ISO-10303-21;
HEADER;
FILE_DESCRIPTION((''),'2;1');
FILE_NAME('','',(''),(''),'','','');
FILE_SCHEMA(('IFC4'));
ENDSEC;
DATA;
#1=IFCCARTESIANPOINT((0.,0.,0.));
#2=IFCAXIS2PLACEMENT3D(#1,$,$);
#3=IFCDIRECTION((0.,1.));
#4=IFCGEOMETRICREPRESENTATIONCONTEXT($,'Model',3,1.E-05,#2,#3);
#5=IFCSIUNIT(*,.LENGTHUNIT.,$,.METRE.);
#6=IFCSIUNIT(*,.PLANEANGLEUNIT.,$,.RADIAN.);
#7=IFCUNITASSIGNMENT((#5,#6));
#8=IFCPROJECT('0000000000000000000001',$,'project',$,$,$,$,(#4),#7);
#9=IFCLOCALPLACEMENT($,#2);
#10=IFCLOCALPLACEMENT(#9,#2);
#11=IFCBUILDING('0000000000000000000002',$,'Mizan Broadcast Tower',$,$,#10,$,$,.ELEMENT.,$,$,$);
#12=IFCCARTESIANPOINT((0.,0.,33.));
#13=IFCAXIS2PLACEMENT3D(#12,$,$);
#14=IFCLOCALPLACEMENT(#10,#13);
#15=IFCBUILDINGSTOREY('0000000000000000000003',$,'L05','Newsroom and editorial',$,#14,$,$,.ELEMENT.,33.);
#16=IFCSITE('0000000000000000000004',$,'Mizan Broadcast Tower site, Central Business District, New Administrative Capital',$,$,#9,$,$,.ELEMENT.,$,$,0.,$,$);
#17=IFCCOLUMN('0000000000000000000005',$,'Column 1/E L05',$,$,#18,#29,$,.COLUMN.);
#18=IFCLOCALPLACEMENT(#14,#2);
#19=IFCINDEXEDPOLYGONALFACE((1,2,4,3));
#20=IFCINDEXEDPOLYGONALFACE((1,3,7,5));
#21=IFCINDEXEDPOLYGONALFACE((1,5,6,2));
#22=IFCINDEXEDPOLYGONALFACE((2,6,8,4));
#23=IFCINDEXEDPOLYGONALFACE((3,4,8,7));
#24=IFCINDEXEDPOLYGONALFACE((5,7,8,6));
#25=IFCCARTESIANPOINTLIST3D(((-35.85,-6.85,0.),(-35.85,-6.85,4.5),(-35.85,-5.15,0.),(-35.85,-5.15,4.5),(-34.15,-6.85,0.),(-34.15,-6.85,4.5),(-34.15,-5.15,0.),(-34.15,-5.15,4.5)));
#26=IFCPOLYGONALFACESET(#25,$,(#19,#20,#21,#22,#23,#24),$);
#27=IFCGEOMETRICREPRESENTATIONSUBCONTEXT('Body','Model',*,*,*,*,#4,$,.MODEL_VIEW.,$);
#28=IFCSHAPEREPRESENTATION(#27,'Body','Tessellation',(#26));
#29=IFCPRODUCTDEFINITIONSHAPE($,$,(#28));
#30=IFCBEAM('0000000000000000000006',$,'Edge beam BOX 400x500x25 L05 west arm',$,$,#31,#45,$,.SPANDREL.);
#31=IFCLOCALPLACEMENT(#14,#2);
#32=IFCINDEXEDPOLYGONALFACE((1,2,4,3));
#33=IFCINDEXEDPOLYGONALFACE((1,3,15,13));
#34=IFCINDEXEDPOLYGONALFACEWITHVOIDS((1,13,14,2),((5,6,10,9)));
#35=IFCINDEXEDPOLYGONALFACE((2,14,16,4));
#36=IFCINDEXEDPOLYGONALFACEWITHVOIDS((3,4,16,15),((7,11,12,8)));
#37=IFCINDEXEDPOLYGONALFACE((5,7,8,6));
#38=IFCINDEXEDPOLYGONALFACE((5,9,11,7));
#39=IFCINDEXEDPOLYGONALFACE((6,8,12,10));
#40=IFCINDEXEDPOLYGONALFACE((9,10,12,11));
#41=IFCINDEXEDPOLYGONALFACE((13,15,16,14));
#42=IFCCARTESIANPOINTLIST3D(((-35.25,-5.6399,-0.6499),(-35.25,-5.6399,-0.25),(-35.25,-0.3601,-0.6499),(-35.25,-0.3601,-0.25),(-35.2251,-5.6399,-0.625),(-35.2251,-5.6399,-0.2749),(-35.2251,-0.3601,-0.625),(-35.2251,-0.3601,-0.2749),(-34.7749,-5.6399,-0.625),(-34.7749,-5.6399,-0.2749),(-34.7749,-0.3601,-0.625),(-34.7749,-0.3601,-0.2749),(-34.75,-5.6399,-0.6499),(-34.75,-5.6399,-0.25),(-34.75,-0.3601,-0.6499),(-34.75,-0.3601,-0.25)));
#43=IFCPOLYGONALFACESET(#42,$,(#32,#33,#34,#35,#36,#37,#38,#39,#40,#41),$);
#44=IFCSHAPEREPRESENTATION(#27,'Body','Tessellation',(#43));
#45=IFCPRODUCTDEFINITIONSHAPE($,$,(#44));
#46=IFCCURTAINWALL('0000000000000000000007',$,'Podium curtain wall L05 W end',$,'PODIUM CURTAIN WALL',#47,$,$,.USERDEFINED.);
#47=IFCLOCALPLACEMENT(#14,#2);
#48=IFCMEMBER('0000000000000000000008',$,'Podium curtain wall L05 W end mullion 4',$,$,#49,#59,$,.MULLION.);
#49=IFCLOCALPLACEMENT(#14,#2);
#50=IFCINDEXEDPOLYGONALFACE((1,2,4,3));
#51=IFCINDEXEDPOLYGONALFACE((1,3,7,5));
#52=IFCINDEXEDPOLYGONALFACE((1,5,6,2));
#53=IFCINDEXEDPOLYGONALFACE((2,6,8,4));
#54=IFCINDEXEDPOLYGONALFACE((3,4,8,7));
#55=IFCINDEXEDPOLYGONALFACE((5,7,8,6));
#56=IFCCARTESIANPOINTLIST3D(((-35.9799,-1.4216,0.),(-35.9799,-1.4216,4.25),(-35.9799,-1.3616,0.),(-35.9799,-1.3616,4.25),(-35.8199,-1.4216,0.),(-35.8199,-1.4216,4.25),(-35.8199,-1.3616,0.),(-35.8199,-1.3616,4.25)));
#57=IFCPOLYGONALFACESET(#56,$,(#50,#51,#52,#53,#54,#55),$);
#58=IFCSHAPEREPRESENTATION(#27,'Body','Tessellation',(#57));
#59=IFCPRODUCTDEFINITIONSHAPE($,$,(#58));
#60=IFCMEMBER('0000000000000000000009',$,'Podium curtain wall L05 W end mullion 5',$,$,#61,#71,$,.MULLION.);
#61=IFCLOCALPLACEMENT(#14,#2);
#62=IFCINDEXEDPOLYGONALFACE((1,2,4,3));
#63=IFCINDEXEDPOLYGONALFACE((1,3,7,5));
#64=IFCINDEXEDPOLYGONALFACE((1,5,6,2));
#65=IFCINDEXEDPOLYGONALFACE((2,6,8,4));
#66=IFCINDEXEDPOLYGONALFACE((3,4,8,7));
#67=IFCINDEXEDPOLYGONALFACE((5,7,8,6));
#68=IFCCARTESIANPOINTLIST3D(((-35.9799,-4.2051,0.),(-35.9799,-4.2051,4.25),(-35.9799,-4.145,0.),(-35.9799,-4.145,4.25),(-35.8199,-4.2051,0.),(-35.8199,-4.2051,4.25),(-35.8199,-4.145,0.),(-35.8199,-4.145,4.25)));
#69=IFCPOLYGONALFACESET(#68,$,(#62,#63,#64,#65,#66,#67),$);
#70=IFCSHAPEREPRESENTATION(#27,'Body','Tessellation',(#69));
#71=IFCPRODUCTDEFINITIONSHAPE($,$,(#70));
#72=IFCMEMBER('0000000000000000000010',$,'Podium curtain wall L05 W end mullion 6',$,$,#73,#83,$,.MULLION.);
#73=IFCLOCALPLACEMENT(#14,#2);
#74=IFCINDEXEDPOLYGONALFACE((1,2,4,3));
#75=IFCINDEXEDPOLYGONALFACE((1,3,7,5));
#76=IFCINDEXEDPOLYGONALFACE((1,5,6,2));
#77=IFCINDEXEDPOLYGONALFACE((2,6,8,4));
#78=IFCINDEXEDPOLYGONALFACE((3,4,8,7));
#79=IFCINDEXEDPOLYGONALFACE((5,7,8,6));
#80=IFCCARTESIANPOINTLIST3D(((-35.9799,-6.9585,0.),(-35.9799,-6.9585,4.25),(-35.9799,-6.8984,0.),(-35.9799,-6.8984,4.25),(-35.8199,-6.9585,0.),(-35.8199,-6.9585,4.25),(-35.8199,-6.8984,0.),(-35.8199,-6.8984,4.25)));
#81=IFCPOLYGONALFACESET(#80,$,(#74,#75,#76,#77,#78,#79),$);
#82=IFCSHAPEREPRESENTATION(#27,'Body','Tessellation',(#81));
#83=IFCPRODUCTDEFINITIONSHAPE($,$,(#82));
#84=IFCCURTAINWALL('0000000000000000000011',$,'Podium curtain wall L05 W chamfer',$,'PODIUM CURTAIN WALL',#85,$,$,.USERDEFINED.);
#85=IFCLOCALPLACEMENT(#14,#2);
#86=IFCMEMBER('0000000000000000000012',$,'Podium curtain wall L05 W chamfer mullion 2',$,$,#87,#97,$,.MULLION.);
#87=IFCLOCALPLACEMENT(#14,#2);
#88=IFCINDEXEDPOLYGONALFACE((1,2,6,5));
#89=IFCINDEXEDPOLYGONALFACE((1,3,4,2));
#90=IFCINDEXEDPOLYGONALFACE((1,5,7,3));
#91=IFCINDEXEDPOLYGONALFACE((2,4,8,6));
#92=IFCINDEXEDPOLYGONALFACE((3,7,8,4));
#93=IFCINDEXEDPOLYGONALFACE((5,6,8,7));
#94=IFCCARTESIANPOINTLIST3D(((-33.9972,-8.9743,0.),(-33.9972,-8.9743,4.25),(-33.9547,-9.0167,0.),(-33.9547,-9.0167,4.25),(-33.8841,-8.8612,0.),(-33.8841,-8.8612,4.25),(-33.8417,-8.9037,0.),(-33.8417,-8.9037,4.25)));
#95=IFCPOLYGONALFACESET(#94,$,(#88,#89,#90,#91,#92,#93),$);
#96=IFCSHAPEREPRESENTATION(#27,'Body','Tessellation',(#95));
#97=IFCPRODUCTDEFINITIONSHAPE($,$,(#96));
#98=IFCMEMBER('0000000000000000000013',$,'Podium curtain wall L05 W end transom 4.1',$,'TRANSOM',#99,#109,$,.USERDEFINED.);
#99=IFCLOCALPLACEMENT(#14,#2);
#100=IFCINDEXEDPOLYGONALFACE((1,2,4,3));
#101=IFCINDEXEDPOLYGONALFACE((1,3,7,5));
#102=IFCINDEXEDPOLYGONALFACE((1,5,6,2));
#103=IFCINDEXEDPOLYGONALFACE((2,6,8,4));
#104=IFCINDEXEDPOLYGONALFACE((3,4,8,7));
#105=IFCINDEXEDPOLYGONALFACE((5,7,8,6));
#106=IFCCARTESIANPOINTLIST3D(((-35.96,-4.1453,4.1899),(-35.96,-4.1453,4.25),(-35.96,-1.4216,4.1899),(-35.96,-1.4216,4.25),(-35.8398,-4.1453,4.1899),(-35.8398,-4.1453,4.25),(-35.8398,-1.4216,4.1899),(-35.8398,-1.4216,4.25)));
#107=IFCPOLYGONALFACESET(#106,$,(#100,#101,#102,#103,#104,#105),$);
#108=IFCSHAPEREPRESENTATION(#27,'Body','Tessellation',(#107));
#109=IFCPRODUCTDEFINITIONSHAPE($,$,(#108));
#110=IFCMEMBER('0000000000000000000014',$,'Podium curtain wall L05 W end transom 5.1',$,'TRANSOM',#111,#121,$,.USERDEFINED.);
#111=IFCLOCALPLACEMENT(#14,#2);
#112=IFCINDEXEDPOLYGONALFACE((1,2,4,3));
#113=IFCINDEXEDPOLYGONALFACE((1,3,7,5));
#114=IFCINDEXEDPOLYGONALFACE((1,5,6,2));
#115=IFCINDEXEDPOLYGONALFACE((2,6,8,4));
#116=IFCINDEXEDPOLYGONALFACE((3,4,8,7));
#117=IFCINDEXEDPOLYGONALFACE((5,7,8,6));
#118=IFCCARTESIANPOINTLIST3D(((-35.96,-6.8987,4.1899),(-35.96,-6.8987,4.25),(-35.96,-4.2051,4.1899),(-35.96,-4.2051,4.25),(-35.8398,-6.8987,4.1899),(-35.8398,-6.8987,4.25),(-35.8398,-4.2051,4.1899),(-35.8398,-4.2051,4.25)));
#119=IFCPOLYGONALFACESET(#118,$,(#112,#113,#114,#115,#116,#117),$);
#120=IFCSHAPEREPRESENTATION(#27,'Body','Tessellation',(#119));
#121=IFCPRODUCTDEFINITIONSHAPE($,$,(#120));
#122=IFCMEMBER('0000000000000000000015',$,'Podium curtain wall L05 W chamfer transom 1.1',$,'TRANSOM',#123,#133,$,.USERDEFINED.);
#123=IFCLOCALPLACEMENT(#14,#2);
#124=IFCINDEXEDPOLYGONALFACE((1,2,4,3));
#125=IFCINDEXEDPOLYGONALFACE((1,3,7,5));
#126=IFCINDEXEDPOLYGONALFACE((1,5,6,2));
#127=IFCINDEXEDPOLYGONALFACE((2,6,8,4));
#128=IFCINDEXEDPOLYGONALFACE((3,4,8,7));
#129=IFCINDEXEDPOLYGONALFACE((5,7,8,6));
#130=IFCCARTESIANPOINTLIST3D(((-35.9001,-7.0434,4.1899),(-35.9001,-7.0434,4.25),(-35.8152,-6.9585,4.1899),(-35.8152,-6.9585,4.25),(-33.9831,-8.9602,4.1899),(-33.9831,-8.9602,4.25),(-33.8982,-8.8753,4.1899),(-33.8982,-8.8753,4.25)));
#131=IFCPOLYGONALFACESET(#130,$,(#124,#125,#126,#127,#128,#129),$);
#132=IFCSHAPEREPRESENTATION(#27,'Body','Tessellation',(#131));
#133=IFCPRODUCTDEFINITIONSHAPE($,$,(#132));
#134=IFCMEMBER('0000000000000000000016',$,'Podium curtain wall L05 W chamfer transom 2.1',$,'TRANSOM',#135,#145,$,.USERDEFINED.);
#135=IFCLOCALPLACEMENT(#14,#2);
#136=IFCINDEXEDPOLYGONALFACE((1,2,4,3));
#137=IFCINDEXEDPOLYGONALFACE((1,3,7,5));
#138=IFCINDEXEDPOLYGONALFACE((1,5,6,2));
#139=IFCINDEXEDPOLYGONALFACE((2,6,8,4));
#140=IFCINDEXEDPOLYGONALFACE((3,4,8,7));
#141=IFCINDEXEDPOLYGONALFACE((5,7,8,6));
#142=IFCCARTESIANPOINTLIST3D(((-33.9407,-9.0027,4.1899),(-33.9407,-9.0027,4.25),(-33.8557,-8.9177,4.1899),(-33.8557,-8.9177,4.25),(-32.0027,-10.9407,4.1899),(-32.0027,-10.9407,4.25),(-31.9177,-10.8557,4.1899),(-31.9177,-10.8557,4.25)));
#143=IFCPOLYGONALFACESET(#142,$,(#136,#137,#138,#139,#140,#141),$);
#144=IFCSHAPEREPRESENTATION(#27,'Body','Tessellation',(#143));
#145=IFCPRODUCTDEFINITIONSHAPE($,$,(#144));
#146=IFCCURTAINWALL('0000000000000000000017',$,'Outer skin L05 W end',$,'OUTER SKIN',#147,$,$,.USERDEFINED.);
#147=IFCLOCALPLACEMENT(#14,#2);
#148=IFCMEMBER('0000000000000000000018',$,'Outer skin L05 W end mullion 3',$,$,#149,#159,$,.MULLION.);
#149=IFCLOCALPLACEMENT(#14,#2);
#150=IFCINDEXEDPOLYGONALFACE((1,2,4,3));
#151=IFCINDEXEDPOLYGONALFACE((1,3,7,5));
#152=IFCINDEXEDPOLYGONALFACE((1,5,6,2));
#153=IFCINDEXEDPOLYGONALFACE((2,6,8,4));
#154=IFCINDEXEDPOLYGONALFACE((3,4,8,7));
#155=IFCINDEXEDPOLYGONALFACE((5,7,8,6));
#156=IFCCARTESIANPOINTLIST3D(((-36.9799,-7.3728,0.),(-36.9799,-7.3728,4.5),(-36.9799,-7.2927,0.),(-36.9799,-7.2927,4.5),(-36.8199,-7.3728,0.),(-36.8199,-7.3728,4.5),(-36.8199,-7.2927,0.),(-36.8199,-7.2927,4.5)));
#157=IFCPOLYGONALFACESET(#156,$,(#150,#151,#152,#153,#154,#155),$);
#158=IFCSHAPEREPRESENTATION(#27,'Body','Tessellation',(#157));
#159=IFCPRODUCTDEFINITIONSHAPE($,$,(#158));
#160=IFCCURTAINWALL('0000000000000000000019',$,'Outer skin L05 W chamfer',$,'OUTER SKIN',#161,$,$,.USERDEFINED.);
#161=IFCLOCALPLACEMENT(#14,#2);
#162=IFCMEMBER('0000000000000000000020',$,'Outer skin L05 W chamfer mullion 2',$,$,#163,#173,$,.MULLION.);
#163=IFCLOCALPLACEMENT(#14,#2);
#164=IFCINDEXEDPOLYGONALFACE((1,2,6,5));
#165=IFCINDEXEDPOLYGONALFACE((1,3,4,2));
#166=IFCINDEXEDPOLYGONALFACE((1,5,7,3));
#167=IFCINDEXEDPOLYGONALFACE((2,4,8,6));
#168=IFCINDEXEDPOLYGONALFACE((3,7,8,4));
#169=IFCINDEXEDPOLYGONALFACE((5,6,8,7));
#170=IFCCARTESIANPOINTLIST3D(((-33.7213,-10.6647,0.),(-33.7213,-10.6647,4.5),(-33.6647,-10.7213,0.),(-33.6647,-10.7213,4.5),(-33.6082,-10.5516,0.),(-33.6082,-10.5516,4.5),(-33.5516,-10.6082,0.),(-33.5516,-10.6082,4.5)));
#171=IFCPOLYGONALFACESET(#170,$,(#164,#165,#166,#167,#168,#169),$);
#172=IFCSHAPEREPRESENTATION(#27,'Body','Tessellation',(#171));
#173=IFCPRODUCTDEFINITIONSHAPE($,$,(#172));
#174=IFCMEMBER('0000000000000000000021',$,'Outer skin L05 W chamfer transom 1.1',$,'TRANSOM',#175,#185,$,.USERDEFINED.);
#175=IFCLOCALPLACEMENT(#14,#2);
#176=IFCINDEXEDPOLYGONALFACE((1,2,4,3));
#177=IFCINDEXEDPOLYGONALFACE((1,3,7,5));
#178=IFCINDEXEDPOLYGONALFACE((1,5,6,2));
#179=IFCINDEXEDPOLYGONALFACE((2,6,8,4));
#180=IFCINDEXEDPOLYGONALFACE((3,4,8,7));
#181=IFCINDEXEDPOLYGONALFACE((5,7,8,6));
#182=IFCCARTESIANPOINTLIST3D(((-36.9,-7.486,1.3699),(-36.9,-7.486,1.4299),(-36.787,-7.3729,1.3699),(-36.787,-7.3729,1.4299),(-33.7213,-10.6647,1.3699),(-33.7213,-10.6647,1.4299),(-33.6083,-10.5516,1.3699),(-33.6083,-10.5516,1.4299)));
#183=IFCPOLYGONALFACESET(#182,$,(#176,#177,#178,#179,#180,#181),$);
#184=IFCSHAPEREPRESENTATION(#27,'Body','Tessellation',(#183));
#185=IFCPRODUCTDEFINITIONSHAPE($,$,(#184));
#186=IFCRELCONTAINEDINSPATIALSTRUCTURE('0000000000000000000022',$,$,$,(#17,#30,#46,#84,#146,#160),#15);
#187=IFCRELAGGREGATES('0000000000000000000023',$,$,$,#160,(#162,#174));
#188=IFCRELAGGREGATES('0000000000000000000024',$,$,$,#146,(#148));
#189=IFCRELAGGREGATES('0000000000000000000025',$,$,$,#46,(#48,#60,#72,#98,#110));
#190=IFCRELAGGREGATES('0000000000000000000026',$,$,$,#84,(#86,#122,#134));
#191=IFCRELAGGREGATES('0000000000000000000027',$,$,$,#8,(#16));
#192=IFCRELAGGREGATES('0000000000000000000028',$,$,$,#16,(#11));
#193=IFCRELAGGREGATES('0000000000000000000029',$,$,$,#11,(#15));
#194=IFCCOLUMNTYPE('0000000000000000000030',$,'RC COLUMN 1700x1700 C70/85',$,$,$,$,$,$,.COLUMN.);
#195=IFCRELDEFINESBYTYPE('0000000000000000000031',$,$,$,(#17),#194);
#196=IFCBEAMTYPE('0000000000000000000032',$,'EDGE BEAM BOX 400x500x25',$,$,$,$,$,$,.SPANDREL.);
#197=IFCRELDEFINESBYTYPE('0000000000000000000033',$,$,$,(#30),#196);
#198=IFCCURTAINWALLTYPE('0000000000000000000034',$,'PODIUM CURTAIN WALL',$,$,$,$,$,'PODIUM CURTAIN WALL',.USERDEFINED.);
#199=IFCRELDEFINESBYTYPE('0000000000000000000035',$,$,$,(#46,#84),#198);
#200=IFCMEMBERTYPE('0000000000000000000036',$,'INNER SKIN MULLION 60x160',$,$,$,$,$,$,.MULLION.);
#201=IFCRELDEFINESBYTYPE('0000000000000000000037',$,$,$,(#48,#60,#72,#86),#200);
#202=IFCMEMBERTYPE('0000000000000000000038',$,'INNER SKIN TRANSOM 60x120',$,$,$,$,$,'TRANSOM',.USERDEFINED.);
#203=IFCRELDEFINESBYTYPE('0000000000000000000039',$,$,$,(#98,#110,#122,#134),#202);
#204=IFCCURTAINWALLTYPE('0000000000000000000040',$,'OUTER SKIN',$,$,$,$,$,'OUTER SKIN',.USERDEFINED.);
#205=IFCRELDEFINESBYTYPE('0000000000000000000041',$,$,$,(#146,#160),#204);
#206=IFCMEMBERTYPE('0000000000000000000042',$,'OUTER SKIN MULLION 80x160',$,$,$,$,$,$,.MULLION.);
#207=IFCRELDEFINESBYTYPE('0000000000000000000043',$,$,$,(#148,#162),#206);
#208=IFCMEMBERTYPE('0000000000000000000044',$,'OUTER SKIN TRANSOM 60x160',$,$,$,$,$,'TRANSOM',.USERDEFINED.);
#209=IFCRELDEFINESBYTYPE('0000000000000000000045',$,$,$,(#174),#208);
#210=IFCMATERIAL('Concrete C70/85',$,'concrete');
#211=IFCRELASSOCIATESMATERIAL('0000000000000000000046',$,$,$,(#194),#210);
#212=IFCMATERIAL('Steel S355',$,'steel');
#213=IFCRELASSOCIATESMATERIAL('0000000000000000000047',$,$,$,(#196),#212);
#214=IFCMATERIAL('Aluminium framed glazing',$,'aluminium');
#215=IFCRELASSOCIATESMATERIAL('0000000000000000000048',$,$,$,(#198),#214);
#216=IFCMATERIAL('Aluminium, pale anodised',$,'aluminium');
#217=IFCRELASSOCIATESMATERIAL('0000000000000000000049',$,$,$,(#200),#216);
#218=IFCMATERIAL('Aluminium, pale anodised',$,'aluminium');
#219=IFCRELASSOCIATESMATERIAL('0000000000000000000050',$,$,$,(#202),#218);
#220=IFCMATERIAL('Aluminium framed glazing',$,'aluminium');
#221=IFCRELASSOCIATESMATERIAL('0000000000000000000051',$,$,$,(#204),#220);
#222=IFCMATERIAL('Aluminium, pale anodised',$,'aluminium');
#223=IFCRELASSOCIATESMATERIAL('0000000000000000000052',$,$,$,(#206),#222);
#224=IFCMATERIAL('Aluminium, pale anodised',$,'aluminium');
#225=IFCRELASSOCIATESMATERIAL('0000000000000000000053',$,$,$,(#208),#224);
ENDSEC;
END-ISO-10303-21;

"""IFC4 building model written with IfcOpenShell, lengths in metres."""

from ifc_helpers import new_model, si_unit, direction, frame, origin, origin_2d, place, context, subcontext, project, spatial, rectangle, hollow_rectangle, extrude, material, material_profile, profile_set, type_object, element, aggregate, save


model = new_model("IFC4")

# Units and contexts
model_context = context("Model", 3, precision=1e-05, world=origin(), true_north=direction((0.0, 1.0)))
body_context = subcontext(model_context, "Body", "Model", "MODEL_VIEW")
ifc_project = project(units=[si_unit("LENGTHUNIT", "METRE"), si_unit("PLANEANGLEUNIT", "RADIAN")], contexts=[model_context])

# Site, building, storey
site_placement = place(None, origin())
site = spatial("IfcSite", under=ifc_project, at=site_placement, Name="Mizan Broadcast Tower site, Central Business District, New Administrative Capital", CompositionType="ELEMENT", RefElevation=0.0)
building_placement = place(site_placement, origin())
building = spatial("IfcBuilding", under=site, at=building_placement, Name="Mizan Broadcast Tower", CompositionType="ELEMENT")
storey_placement = place(building_placement, frame((0.0, 0.0, 33.0)))
storey = spatial("IfcBuildingStorey", under=building, at=storey_placement, Name="L05", Description="Newsroom and editorial", CompositionType="ELEMENT", Elevation=33.0)

# Column
ifc_material_1 = material(Name="Concrete C70/85", Category="concrete")
ifc_material_profile_1 = material_profile(ifc_material_1, rectangle(XDim=1.7, YDim=1.7, at=origin_2d()), Name="RC 1700x1700")
ifc_profile_set_1 = profile_set([ifc_material_profile_1], Name="Concrete C70/85")
column_type = type_object("IfcColumnType", Name="RC COLUMN 1700x1700 C70/85", PredefinedType="COLUMN", material=ifc_profile_set_1)
column_placement = place(storey_placement, frame((-35.0, -6.0, 0.0), z_axis=(0.0, 0.0, 1.0), x_axis=(1.0, 0.0, 0.0)))
element("IfcColumn", 1, at=column_placement, inside=storey, type_object=column_type, Name="Column 1/E L05", PredefinedType="COLUMN", context=body_context, shape_type="SweptSolid", body=[
    extrude(rectangle(XDim=1.7, YDim=1.7, at=origin_2d()), origin(), (0.0, 0.0, 1.0), 4.5),
])

# Beam
ifc_material_2 = material(Name="Steel S355", Category="steel")
ifc_material_profile_2 = material_profile(ifc_material_2, hollow_rectangle(XDim=0.5, YDim=0.3999, WallThickness=0.0249, at=origin_2d()), Name="BOX 400x500x25")
ifc_profile_set_2 = profile_set([ifc_material_profile_2], Name="Steel S355")
beam_type = type_object("IfcBeamType", Name="EDGE BEAM BOX 400x500x25", PredefinedType="SPANDREL", material=ifc_profile_set_2)
beam_placement = place(storey_placement, frame((-35.0, -5.6399, -0.45), z_axis=(0.0, 1.0, 0.0), x_axis=(-1.0, 0.0, 0.0)))
element("IfcBeam", 2, at=beam_placement, inside=storey, type_object=beam_type, Name="Edge beam BOX 400x500x25 L05 west arm", PredefinedType="SPANDREL", context=body_context, shape_type="SweptSolid", body=[
    extrude(hollow_rectangle(XDim=0.5, YDim=0.3999, WallThickness=0.0249, at=origin_2d()), origin(), (0.0, 0.0, 1.0), 5.2798),
])

# Curtain wall, members
ifc_material_3 = material(Name="Aluminium framed glazing", Category="aluminium")
curtain_wall_type_1 = type_object("IfcCurtainWallType", Name="PODIUM CURTAIN WALL", ElementType="PODIUM CURTAIN WALL", PredefinedType="USERDEFINED", material=ifc_material_3)
curtain_wall_1_placement = place(storey_placement, origin())
curtain_wall_1 = element("IfcCurtainWall", 3, at=curtain_wall_1_placement, inside=storey, type_object=curtain_wall_type_1, Name="Podium curtain wall L05 W end", ObjectType="PODIUM CURTAIN WALL", PredefinedType="USERDEFINED")
ifc_material_4 = material(Name="Aluminium, pale anodised", Category="aluminium")
ifc_material_profile_3 = material_profile(ifc_material_4, rectangle(XDim=0.1599, YDim=0.0601, at=origin_2d()), Name="MULLION 160x60")
ifc_profile_set_3 = profile_set([ifc_material_profile_3], Name="Aluminium, pale anodised")
member_type_1 = type_object("IfcMemberType", Name="INNER SKIN MULLION 60x160", PredefinedType="MULLION", material=ifc_profile_set_3)
member_1_placement = place(storey_placement, frame((-35.8999, -1.3916, 0.0), z_axis=(0.0, 0.0, 1.0), x_axis=(1.0, 0.0, 0.0)))
member_1 = element("IfcMember", 4, at=member_1_placement, type_object=member_type_1, Name="Podium curtain wall L05 W end mullion 4", PredefinedType="MULLION", context=body_context, shape_type="SweptSolid", body=[
    extrude(rectangle(XDim=0.1599, YDim=0.0601, at=origin_2d()), origin(), (0.0, 0.0, 1.0), 4.25),
])
member_2_placement = place(storey_placement, frame((-35.8999, -4.175, 0.0), z_axis=(0.0, 0.0, 1.0), x_axis=(1.0, 0.0, 0.0)))
member_2 = element("IfcMember", 5, at=member_2_placement, type_object=member_type_1, Name="Podium curtain wall L05 W end mullion 5", PredefinedType="MULLION", context=body_context, shape_type="SweptSolid", body=[
    extrude(rectangle(XDim=0.1599, YDim=0.0601, at=origin_2d()), origin(), (0.0, 0.0, 1.0), 4.25),
])
member_3_placement = place(storey_placement, frame((-35.8999, -6.9285, 0.0), z_axis=(0.0, 0.0, 1.0), x_axis=(1.0, 0.0, 0.0)))
member_3 = element("IfcMember", 6, at=member_3_placement, type_object=member_type_1, Name="Podium curtain wall L05 W end mullion 6", PredefinedType="MULLION", context=body_context, shape_type="SweptSolid", body=[
    extrude(rectangle(XDim=0.1599, YDim=0.0601, at=origin_2d()), origin(), (0.0, 0.0, 1.0), 4.25),
])

# Curtain wall, member
curtain_wall_2_placement = place(storey_placement, origin())
curtain_wall_2 = element("IfcCurtainWall", 7, at=curtain_wall_2_placement, inside=storey, type_object=curtain_wall_type_1, Name="Podium curtain wall L05 W chamfer", ObjectType="PODIUM CURTAIN WALL", PredefinedType="USERDEFINED")
member_4_placement = place(storey_placement, frame((-33.9194, -8.939, 0.0), z_axis=(0.0, 0.0, 1.0), x_axis=(0.707107, 0.707107, 0.0)))
member_4 = element("IfcMember", 8, at=member_4_placement, type_object=member_type_1, Name="Podium curtain wall L05 W chamfer mullion 2", PredefinedType="MULLION", context=body_context, shape_type="SweptSolid", body=[
    extrude(rectangle(XDim=0.1599, YDim=0.0601, at=origin_2d()), origin(), (0.0, 0.0, 1.0), 4.25),
])

# Members
ifc_material_5 = material(Name="Aluminium, pale anodised", Category="aluminium")
ifc_material_profile_4 = material_profile(ifc_material_5, rectangle(XDim=0.1201, YDim=0.0601, at=origin_2d()), Name="TRANSOM 120x60")
ifc_profile_set_4 = profile_set([ifc_material_profile_4], Name="Aluminium, pale anodised")
member_type_2 = type_object("IfcMemberType", Name="INNER SKIN TRANSOM 60x120", ElementType="TRANSOM", PredefinedType="USERDEFINED", material=ifc_profile_set_4)
member_5_placement = place(storey_placement, frame((-35.8999, -1.4216, 4.22), z_axis=(0.0, -1.0, 0.0), x_axis=(1.0, 0.0, 0.0)))
member_5 = element("IfcMember", 9, at=member_5_placement, type_object=member_type_2, Name="Podium curtain wall L05 W end transom 4.1", ObjectType="TRANSOM", PredefinedType="USERDEFINED", context=body_context, shape_type="SweptSolid", body=[
    extrude(rectangle(XDim=0.1201, YDim=0.0601, at=origin_2d()), origin(), (0.0, 0.0, 1.0), 2.7236),
])
member_6_placement = place(storey_placement, frame((-35.8999, -4.2051, 4.22), z_axis=(0.0, -1.0, 0.0), x_axis=(1.0, 0.0, 0.0)))
member_6 = element("IfcMember", 10, at=member_6_placement, type_object=member_type_2, Name="Podium curtain wall L05 W end transom 5.1", ObjectType="TRANSOM", PredefinedType="USERDEFINED", context=body_context, shape_type="SweptSolid", body=[
    extrude(rectangle(XDim=0.1201, YDim=0.0601, at=origin_2d()), origin(), (0.0, 0.0, 1.0), 2.6936),
])
member_7_placement = place(storey_placement, frame((-35.8577, -7.001, 4.22), z_axis=(0.707152, -0.707062, 0.0), x_axis=(0.707062, 0.707152, 0.0)))
member_7 = element("IfcMember", 11, at=member_7_placement, type_object=member_type_2, Name="Podium curtain wall L05 W chamfer transom 1.1", ObjectType="TRANSOM", PredefinedType="USERDEFINED", context=body_context, shape_type="SweptSolid", body=[
    extrude(rectangle(XDim=0.1201, YDim=0.0601, at=origin_2d()), origin(), (0.0, 0.0, 1.0), 2.7109),
])
member_8_placement = place(storey_placement, frame((-33.8982, -8.9602, 4.22), z_axis=(0.707107, -0.707107, 0.0), x_axis=(0.707107, 0.707107, 0.0)))
member_8 = element("IfcMember", 12, at=member_8_placement, type_object=member_type_2, Name="Podium curtain wall L05 W chamfer transom 2.1", ObjectType="TRANSOM", PredefinedType="USERDEFINED", context=body_context, shape_type="SweptSolid", body=[
    extrude(rectangle(XDim=0.1201, YDim=0.0601, at=origin_2d()), origin(), (0.0, 0.0, 1.0), 2.7407),
])

# Curtain wall, member
ifc_material_6 = material(Name="Aluminium framed glazing", Category="aluminium")
curtain_wall_type_2 = type_object("IfcCurtainWallType", Name="OUTER SKIN", ElementType="OUTER SKIN", PredefinedType="USERDEFINED", material=ifc_material_6)
curtain_wall_3_placement = place(storey_placement, origin())
curtain_wall_3 = element("IfcCurtainWall", 13, at=curtain_wall_3_placement, inside=storey, type_object=curtain_wall_type_2, Name="Outer skin L05 W end", ObjectType="OUTER SKIN", PredefinedType="USERDEFINED")
ifc_material_7 = material(Name="Aluminium, pale anodised", Category="aluminium")
ifc_material_profile_5 = material_profile(ifc_material_7, rectangle(XDim=0.1599, YDim=0.0801, at=origin_2d()), Name="MULLION 160x80")
ifc_profile_set_5 = profile_set([ifc_material_profile_5], Name="Aluminium, pale anodised")
member_type_3 = type_object("IfcMemberType", Name="OUTER SKIN MULLION 80x160", PredefinedType="MULLION", material=ifc_profile_set_5)
member_9_placement = place(storey_placement, frame((-36.8999, -7.3328, 0.0), z_axis=(0.0, 0.0, 1.0), x_axis=(1.0, 0.0, 0.0)))
member_9 = element("IfcMember", 14, at=member_9_placement, type_object=member_type_3, Name="Outer skin L05 W end mullion 3", PredefinedType="MULLION", context=body_context, shape_type="SweptSolid", body=[
    extrude(rectangle(XDim=0.1599, YDim=0.0801, at=origin_2d()), origin(), (0.0, 0.0, 1.0), 4.5),
])

# Curtain wall, members
curtain_wall_4_placement = place(storey_placement, origin())
curtain_wall_4 = element("IfcCurtainWall", 15, at=curtain_wall_4_placement, inside=storey, type_object=curtain_wall_type_2, Name="Outer skin L05 W chamfer", ObjectType="OUTER SKIN", PredefinedType="USERDEFINED")
member_10_placement = place(storey_placement, frame((-33.6365, -10.6365, 0.0), z_axis=(0.0, 0.0, 1.0), x_axis=(0.707107, 0.707107, 0.0)))
member_10 = element("IfcMember", 16, at=member_10_placement, type_object=member_type_3, Name="Outer skin L05 W chamfer mullion 2", PredefinedType="MULLION", context=body_context, shape_type="SweptSolid", body=[
    extrude(rectangle(XDim=0.1599, YDim=0.0801, at=origin_2d()), origin(), (0.0, 0.0, 1.0), 4.5),
])
ifc_material_8 = material(Name="Aluminium, pale anodised", Category="aluminium")
ifc_material_profile_6 = material_profile(ifc_material_8, rectangle(XDim=0.1599, YDim=0.0601, at=origin_2d()), Name="TRANSOM 160x60")
ifc_profile_set_6 = profile_set([ifc_material_profile_6], Name="Aluminium, pale anodised")
member_type_4 = type_object("IfcMemberType", Name="OUTER SKIN TRANSOM 60x160", ElementType="TRANSOM", PredefinedType="USERDEFINED", material=ifc_profile_set_6)
member_11_placement = place(storey_placement, frame((-36.8435, -7.4294, 1.3999), z_axis=(0.707107, -0.707107, 0.0), x_axis=(0.707107, 0.707107, 0.0)))
member_11 = element("IfcMember", 17, at=member_11_placement, type_object=member_type_4, Name="Outer skin L05 W chamfer transom 1.1", ObjectType="TRANSOM", PredefinedType="USERDEFINED", context=body_context, shape_type="SweptSolid", body=[
    extrude(rectangle(XDim=0.1599, YDim=0.0601, at=origin_2d()), origin(), (0.0, 0.0, 1.0), 4.4954),
])
aggregate(curtain_wall_4, [member_10, member_11])

aggregate(curtain_wall_3, [member_9])
aggregate(curtain_wall_1, [member_1, member_2, member_3, member_5, member_6])
aggregate(curtain_wall_2, [member_4, member_7, member_8])

save(model, "model.ifc")
